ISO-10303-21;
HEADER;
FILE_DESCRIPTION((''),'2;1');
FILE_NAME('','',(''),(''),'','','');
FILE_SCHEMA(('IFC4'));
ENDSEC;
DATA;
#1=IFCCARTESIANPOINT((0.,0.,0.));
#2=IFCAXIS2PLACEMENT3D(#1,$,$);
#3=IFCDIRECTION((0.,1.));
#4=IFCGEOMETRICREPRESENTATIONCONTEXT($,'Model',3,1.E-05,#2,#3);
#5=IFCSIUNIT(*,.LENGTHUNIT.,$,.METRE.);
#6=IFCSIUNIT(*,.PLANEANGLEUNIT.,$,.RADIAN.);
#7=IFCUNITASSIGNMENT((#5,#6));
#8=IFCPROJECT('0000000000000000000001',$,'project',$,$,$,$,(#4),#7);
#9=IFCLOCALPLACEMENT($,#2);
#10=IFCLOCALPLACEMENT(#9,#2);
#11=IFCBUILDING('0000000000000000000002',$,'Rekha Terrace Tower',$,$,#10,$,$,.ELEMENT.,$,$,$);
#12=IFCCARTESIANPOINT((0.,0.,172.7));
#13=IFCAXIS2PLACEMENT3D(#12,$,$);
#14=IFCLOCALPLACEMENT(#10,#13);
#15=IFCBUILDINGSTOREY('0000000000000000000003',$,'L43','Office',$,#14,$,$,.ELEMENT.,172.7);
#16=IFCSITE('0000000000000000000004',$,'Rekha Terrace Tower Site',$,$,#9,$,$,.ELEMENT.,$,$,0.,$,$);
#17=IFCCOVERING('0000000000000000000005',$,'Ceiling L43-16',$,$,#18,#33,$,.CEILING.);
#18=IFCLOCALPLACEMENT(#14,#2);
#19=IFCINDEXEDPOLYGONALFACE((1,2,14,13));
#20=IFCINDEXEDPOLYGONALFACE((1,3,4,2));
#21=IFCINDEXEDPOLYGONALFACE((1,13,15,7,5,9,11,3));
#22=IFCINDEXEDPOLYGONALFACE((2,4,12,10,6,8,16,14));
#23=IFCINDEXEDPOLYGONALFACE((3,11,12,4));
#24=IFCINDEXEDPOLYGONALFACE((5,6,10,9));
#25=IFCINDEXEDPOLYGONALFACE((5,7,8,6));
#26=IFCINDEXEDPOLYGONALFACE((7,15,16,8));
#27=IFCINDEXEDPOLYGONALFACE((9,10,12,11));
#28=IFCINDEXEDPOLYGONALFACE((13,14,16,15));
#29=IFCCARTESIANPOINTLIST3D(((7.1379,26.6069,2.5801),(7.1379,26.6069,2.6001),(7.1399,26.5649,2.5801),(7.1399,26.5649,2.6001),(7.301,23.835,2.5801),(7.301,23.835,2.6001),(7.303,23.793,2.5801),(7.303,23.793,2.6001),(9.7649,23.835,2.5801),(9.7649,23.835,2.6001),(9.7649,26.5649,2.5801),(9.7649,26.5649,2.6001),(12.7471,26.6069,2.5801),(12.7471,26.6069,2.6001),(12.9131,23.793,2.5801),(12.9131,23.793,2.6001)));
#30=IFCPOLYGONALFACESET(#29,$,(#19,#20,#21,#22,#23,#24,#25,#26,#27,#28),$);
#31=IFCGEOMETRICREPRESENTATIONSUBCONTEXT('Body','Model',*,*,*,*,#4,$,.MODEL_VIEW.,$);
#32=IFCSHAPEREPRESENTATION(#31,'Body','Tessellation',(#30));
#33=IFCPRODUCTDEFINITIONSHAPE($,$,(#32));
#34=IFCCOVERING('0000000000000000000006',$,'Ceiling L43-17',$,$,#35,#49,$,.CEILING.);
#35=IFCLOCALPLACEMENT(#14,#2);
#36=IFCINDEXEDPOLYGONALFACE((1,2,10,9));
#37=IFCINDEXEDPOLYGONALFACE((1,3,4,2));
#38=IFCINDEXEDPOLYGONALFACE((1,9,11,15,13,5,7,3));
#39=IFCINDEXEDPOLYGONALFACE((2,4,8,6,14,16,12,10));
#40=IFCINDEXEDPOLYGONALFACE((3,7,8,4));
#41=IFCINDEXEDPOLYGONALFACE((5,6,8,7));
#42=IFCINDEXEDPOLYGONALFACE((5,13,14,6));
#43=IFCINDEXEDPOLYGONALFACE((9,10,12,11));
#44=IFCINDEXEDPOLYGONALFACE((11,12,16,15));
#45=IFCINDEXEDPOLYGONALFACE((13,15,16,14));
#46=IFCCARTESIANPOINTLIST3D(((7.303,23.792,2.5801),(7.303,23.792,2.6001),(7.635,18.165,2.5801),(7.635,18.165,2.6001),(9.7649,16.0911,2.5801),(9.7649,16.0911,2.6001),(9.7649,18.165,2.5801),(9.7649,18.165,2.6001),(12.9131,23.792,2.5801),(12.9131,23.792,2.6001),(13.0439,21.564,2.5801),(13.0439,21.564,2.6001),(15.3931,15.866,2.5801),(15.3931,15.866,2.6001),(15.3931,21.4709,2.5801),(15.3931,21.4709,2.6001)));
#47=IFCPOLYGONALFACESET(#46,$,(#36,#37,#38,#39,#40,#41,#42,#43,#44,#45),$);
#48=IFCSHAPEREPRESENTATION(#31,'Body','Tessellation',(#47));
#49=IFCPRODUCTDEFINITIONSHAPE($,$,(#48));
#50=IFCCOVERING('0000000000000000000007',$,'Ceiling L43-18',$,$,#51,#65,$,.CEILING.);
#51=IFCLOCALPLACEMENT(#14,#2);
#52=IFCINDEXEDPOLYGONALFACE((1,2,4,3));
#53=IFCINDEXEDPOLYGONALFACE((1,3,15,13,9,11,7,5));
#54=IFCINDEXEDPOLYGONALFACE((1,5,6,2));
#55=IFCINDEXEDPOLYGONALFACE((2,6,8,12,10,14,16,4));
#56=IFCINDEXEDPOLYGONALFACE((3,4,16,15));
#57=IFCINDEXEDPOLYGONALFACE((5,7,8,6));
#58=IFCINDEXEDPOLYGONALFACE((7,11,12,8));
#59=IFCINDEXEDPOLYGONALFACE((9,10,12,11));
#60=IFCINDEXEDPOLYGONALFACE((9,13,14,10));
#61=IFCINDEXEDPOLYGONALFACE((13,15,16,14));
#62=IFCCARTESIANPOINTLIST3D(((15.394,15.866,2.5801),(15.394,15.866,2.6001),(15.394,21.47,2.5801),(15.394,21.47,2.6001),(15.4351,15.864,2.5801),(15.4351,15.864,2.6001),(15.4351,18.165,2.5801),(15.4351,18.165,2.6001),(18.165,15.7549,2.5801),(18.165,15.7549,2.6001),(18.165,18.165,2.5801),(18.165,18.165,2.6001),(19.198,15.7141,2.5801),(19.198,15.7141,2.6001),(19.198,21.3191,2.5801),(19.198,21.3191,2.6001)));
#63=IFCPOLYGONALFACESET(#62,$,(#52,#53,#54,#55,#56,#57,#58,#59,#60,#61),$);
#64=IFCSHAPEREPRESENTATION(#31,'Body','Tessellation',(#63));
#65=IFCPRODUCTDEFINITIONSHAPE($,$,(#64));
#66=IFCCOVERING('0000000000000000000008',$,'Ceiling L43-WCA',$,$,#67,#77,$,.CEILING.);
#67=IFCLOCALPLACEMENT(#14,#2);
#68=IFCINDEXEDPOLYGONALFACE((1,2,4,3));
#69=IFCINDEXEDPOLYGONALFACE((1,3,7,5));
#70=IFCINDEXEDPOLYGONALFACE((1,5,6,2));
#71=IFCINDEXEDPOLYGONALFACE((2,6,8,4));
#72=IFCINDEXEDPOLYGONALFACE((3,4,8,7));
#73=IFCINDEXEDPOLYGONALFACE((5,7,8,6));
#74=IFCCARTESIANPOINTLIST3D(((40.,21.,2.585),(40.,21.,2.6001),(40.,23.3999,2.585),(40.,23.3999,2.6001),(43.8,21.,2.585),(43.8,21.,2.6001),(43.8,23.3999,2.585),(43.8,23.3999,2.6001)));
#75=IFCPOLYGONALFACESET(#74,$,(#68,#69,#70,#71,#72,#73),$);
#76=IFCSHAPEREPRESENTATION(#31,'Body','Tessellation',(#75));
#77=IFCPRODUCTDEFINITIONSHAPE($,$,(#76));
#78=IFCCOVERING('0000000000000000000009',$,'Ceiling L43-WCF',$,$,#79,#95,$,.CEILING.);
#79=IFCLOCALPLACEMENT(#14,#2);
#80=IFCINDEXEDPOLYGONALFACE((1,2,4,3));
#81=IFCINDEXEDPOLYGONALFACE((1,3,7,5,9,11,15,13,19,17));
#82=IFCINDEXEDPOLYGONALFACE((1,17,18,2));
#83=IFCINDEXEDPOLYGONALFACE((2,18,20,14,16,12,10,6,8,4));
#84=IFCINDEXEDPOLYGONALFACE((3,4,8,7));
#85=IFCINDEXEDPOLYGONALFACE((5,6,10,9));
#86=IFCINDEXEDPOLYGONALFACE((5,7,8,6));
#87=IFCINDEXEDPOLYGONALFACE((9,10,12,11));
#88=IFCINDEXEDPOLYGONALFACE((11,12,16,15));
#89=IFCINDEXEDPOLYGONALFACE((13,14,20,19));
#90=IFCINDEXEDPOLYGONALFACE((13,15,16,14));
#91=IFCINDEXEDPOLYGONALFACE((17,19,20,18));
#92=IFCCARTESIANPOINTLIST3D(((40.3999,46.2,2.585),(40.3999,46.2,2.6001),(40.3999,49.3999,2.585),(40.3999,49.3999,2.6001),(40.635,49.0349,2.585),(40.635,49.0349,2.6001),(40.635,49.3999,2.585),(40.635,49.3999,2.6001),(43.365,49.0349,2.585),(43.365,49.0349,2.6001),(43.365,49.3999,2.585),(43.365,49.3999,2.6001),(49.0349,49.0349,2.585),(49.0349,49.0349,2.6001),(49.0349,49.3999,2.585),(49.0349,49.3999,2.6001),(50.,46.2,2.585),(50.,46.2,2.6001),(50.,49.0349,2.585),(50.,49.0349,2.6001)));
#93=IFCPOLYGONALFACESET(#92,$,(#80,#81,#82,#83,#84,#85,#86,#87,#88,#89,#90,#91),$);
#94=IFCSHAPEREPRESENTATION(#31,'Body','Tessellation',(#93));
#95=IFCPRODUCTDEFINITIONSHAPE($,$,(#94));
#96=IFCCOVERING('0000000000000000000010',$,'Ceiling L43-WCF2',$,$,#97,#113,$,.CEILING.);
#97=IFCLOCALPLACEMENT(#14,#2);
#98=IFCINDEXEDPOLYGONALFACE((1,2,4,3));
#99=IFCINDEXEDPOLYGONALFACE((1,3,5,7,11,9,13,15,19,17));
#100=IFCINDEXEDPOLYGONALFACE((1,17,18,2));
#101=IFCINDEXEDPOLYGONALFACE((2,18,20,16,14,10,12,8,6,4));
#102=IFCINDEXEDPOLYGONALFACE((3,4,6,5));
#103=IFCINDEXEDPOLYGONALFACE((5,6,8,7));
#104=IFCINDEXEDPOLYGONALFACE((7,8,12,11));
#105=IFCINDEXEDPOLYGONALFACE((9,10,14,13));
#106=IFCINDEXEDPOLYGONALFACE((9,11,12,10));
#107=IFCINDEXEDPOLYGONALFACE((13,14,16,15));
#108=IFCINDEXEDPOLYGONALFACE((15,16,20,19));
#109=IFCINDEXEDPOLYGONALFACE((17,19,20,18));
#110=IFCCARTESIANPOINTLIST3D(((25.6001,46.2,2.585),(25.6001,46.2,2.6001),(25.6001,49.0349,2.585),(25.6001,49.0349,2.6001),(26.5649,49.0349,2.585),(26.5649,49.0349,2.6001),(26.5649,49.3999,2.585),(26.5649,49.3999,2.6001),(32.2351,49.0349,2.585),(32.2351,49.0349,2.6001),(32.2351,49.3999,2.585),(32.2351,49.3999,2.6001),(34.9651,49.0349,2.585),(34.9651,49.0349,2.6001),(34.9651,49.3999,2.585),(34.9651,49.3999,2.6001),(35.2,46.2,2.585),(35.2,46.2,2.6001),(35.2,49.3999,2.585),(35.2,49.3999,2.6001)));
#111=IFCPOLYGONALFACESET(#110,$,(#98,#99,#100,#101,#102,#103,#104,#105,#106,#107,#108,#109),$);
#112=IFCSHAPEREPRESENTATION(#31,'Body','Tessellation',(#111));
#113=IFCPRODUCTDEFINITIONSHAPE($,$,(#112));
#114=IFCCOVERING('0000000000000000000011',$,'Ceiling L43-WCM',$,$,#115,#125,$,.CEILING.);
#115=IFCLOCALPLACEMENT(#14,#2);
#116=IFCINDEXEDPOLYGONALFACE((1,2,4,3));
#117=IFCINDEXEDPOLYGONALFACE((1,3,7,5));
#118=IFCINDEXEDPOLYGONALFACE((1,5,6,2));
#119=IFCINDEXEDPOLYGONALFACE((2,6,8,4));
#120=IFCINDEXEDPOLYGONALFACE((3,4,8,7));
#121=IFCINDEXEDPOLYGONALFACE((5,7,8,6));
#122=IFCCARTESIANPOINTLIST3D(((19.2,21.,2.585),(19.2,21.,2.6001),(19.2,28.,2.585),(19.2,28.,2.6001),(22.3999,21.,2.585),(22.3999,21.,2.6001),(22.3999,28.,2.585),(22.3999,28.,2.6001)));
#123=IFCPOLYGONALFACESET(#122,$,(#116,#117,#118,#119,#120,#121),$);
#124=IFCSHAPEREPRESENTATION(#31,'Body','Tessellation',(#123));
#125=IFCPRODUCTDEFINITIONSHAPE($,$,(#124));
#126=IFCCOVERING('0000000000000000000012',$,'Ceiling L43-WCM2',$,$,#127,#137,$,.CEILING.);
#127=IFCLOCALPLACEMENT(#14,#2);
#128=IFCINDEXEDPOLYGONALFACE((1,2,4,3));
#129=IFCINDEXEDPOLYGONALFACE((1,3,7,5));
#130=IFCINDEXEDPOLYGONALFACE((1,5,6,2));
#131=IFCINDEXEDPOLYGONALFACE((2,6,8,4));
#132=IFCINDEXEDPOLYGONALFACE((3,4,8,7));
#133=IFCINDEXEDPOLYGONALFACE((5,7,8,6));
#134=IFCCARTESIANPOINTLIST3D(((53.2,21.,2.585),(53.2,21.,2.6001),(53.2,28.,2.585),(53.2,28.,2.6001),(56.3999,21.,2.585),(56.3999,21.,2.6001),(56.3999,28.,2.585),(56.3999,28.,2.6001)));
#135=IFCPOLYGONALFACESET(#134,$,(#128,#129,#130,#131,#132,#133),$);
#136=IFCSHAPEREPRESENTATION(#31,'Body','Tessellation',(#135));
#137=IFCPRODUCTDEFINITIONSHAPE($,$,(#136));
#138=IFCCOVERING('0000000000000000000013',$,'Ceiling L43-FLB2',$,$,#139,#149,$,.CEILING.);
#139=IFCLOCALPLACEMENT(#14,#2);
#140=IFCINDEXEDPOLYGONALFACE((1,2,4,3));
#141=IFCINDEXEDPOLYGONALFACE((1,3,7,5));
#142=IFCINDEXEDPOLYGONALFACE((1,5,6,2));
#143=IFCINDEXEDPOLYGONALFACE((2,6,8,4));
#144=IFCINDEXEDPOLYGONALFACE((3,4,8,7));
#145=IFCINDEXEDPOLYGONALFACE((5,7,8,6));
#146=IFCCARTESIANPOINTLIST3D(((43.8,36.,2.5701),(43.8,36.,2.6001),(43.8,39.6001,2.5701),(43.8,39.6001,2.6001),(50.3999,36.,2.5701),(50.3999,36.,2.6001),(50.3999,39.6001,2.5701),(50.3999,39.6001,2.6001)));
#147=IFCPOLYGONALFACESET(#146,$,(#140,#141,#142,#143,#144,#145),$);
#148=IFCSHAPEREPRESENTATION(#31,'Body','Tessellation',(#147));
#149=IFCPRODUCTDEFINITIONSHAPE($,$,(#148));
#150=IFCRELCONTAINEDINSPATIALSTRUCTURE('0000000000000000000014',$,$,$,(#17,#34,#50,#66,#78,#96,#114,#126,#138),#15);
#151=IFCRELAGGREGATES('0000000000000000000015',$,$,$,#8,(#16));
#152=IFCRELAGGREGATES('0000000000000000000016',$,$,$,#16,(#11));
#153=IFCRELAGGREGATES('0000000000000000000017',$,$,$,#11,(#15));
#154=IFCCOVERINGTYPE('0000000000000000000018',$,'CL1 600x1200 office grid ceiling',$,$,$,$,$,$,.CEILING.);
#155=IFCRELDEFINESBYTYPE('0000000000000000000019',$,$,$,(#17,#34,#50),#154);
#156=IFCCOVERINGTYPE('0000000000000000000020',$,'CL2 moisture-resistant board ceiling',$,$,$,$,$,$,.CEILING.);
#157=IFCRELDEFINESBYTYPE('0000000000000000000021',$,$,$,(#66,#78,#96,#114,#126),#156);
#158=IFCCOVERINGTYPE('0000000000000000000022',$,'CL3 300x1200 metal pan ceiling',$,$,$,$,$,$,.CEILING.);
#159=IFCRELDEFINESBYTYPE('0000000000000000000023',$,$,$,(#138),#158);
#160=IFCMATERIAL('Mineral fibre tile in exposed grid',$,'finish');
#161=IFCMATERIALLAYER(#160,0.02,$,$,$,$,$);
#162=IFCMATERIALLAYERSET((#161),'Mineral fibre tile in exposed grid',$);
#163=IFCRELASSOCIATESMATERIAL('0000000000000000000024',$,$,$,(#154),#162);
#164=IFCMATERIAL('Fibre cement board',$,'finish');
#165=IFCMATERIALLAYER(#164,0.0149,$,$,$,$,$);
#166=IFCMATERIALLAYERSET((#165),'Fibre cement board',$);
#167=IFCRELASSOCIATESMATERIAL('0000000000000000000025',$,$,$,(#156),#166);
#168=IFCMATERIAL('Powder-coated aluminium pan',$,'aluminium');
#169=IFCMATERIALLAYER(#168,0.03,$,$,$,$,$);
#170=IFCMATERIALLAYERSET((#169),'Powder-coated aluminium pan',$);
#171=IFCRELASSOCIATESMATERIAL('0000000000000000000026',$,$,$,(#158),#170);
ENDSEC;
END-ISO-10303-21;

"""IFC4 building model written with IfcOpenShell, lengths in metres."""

from ifc_helpers import new_model, si_unit, direction, frame, origin, place, context, subcontext, project, spatial, polyline, outline, extrude, material, layer, layer_set, type_object, element, save


model = new_model("IFC4")

# Units and contexts
model_context = context("Model", 3, precision=1e-05, world=origin(), true_north=direction((0.0, 1.0)))
body_context = subcontext(model_context, "Body", "Model", "MODEL_VIEW")
ifc_project = project(units=[si_unit("LENGTHUNIT", "METRE"), si_unit("PLANEANGLEUNIT", "RADIAN")], contexts=[model_context])

# Site, building, storey
site_placement = place(None, origin())
site = spatial("IfcSite", under=ifc_project, at=site_placement, Name="Rekha Terrace Tower Site", CompositionType="ELEMENT", RefElevation=0.0)
building_placement = place(site_placement, origin())
building = spatial("IfcBuilding", under=site, at=building_placement, Name="Rekha Terrace Tower", CompositionType="ELEMENT")
storey_placement = place(building_placement, frame((0.0, 0.0, 172.7)))
storey = spatial("IfcBuildingStorey", under=building, at=storey_placement, Name="L43", Description="Office", CompositionType="ELEMENT", Elevation=172.7)

# Coverings
ifc_material_1 = material(Name="Mineral fibre tile in exposed grid", Category="finish")
ifc_layer_1 = layer(ifc_material_1, 0.02)
ifc_layer_set_1 = layer_set([ifc_layer_1], Name="Mineral fibre tile in exposed grid")
covering_type_1 = type_object("IfcCoveringType", Name="CL1 600x1200 office grid ceiling", PredefinedType="CEILING", material=ifc_layer_set_1)
covering_1_placement = place(storey_placement, frame((0.0, 0.0, 2.5801)))
element("IfcCovering", 1, at=covering_1_placement, inside=storey, type_object=covering_type_1, Name="Ceiling L43-16", PredefinedType="CEILING", context=body_context, shape_type="SweptSolid", body=[
    extrude(outline(polyline([(9.7649, 23.835), (7.301, 23.835), (7.303, 23.793), (12.9131, 23.793), (12.7471, 26.6069), (7.1379, 26.6069), (7.1399, 26.5649), (9.7649, 26.5649), (9.7649, 23.835)])), origin(), (0.0, 0.0, 1.0), 0.02),
])
covering_2_placement = place(storey_placement, frame((0.0, 0.0, 2.5801)))
element("IfcCovering", 2, at=covering_2_placement, inside=storey, type_object=covering_type_1, Name="Ceiling L43-17", PredefinedType="CEILING", context=body_context, shape_type="SweptSolid", body=[
    extrude(outline(polyline([(9.7649, 16.0911), (15.3931, 15.866), (15.3931, 21.4709), (13.0439, 21.564), (12.9131, 23.792), (7.303, 23.792), (7.635, 18.165), (9.7649, 18.165), (9.7649, 16.0911)])), origin(), (0.0, 0.0, 1.0), 0.02),
])
covering_3_placement = place(storey_placement, frame((0.0, 0.0, 2.5801)))
element("IfcCovering", 3, at=covering_3_placement, inside=storey, type_object=covering_type_1, Name="Ceiling L43-18", PredefinedType="CEILING", context=body_context, shape_type="SweptSolid", body=[
    extrude(outline(polyline([(18.165, 18.165), (18.165, 15.7549), (19.198, 15.7141), (19.198, 21.3191), (15.394, 21.47), (15.394, 15.866), (15.4351, 15.864), (15.4351, 18.165), (18.165, 18.165)])), origin(), (0.0, 0.0, 1.0), 0.02),
])
ifc_material_2 = material(Name="Fibre cement board", Category="finish")
ifc_layer_2 = layer(ifc_material_2, 0.0149)
ifc_layer_set_2 = layer_set([ifc_layer_2], Name="Fibre cement board")
covering_type_2 = type_object("IfcCoveringType", Name="CL2 moisture-resistant board ceiling", PredefinedType="CEILING", material=ifc_layer_set_2)
covering_4_placement = place(storey_placement, frame((0.0, 0.0, 2.585)))
element("IfcCovering", 4, at=covering_4_placement, inside=storey, type_object=covering_type_2, Name="Ceiling L43-WCA", PredefinedType="CEILING", context=body_context, shape_type="SweptSolid", body=[
    extrude(outline(polyline([(43.8, 23.3999), (40.0, 23.3999), (40.0, 21.0), (43.8, 21.0), (43.8, 23.3999)])), origin(), (0.0, 0.0, 1.0), 0.0151),
])
covering_5_placement = place(storey_placement, frame((0.0, 0.0, 2.585)))
element("IfcCovering", 5, at=covering_5_placement, inside=storey, type_object=covering_type_2, Name="Ceiling L43-WCF", PredefinedType="CEILING", context=body_context, shape_type="SweptSolid", body=[
    extrude(outline(polyline([(40.635, 49.3999), (40.3999, 49.3999), (40.3999, 46.2), (50.0, 46.2), (50.0, 49.0349), (49.0349, 49.0349), (49.0349, 49.3999), (43.365, 49.3999), (43.365, 49.0349), (40.635, 49.0349), (40.635, 49.3999)])), origin(), (0.0, 0.0, 1.0), 0.0151),
])
covering_6_placement = place(storey_placement, frame((0.0, 0.0, 2.585)))
element("IfcCovering", 6, at=covering_6_placement, inside=storey, type_object=covering_type_2, Name="Ceiling L43-WCF2", PredefinedType="CEILING", context=body_context, shape_type="SweptSolid", body=[
    extrude(outline(polyline([(26.5649, 49.0349), (25.6001, 49.0349), (25.6001, 46.2), (35.2, 46.2), (35.2, 49.3999), (34.9651, 49.3999), (34.9651, 49.0349), (32.2351, 49.0349), (32.2351, 49.3999), (26.5649, 49.3999), (26.5649, 49.0349)])), origin(), (0.0, 0.0, 1.0), 0.0151),
])
covering_7_placement = place(storey_placement, frame((0.0, 0.0, 2.585)))
element("IfcCovering", 7, at=covering_7_placement, inside=storey, type_object=covering_type_2, Name="Ceiling L43-WCM", PredefinedType="CEILING", context=body_context, shape_type="SweptSolid", body=[
    extrude(outline(polyline([(22.3999, 28.0), (19.2, 28.0), (19.2, 21.0), (22.3999, 21.0), (22.3999, 28.0)])), origin(), (0.0, 0.0, 1.0), 0.0151),
])
covering_8_placement = place(storey_placement, frame((0.0, 0.0, 2.585)))
element("IfcCovering", 8, at=covering_8_placement, inside=storey, type_object=covering_type_2, Name="Ceiling L43-WCM2", PredefinedType="CEILING", context=body_context, shape_type="SweptSolid", body=[
    extrude(outline(polyline([(56.3999, 28.0), (53.2, 28.0), (53.2, 21.0), (56.3999, 21.0), (56.3999, 28.0)])), origin(), (0.0, 0.0, 1.0), 0.0151),
])
ifc_material_3 = material(Name="Powder-coated aluminium pan", Category="aluminium")
ifc_layer_3 = layer(ifc_material_3, 0.03)
ifc_layer_set_3 = layer_set([ifc_layer_3], Name="Powder-coated aluminium pan")
covering_type_3 = type_object("IfcCoveringType", Name="CL3 300x1200 metal pan ceiling", PredefinedType="CEILING", material=ifc_layer_set_3)
covering_9_placement = place(storey_placement, frame((0.0, 0.0, 2.5701)))
element("IfcCovering", 9, at=covering_9_placement, inside=storey, type_object=covering_type_3, Name="Ceiling L43-FLB2", PredefinedType="CEILING", context=body_context, shape_type="SweptSolid", body=[
    extrude(outline(polyline([(50.3999, 39.6001), (43.8, 39.6001), (43.8, 36.0), (50.3999, 36.0), (50.3999, 39.6001)])), origin(), (0.0, 0.0, 1.0), 0.03),
])

save(model, "model.ifc")
